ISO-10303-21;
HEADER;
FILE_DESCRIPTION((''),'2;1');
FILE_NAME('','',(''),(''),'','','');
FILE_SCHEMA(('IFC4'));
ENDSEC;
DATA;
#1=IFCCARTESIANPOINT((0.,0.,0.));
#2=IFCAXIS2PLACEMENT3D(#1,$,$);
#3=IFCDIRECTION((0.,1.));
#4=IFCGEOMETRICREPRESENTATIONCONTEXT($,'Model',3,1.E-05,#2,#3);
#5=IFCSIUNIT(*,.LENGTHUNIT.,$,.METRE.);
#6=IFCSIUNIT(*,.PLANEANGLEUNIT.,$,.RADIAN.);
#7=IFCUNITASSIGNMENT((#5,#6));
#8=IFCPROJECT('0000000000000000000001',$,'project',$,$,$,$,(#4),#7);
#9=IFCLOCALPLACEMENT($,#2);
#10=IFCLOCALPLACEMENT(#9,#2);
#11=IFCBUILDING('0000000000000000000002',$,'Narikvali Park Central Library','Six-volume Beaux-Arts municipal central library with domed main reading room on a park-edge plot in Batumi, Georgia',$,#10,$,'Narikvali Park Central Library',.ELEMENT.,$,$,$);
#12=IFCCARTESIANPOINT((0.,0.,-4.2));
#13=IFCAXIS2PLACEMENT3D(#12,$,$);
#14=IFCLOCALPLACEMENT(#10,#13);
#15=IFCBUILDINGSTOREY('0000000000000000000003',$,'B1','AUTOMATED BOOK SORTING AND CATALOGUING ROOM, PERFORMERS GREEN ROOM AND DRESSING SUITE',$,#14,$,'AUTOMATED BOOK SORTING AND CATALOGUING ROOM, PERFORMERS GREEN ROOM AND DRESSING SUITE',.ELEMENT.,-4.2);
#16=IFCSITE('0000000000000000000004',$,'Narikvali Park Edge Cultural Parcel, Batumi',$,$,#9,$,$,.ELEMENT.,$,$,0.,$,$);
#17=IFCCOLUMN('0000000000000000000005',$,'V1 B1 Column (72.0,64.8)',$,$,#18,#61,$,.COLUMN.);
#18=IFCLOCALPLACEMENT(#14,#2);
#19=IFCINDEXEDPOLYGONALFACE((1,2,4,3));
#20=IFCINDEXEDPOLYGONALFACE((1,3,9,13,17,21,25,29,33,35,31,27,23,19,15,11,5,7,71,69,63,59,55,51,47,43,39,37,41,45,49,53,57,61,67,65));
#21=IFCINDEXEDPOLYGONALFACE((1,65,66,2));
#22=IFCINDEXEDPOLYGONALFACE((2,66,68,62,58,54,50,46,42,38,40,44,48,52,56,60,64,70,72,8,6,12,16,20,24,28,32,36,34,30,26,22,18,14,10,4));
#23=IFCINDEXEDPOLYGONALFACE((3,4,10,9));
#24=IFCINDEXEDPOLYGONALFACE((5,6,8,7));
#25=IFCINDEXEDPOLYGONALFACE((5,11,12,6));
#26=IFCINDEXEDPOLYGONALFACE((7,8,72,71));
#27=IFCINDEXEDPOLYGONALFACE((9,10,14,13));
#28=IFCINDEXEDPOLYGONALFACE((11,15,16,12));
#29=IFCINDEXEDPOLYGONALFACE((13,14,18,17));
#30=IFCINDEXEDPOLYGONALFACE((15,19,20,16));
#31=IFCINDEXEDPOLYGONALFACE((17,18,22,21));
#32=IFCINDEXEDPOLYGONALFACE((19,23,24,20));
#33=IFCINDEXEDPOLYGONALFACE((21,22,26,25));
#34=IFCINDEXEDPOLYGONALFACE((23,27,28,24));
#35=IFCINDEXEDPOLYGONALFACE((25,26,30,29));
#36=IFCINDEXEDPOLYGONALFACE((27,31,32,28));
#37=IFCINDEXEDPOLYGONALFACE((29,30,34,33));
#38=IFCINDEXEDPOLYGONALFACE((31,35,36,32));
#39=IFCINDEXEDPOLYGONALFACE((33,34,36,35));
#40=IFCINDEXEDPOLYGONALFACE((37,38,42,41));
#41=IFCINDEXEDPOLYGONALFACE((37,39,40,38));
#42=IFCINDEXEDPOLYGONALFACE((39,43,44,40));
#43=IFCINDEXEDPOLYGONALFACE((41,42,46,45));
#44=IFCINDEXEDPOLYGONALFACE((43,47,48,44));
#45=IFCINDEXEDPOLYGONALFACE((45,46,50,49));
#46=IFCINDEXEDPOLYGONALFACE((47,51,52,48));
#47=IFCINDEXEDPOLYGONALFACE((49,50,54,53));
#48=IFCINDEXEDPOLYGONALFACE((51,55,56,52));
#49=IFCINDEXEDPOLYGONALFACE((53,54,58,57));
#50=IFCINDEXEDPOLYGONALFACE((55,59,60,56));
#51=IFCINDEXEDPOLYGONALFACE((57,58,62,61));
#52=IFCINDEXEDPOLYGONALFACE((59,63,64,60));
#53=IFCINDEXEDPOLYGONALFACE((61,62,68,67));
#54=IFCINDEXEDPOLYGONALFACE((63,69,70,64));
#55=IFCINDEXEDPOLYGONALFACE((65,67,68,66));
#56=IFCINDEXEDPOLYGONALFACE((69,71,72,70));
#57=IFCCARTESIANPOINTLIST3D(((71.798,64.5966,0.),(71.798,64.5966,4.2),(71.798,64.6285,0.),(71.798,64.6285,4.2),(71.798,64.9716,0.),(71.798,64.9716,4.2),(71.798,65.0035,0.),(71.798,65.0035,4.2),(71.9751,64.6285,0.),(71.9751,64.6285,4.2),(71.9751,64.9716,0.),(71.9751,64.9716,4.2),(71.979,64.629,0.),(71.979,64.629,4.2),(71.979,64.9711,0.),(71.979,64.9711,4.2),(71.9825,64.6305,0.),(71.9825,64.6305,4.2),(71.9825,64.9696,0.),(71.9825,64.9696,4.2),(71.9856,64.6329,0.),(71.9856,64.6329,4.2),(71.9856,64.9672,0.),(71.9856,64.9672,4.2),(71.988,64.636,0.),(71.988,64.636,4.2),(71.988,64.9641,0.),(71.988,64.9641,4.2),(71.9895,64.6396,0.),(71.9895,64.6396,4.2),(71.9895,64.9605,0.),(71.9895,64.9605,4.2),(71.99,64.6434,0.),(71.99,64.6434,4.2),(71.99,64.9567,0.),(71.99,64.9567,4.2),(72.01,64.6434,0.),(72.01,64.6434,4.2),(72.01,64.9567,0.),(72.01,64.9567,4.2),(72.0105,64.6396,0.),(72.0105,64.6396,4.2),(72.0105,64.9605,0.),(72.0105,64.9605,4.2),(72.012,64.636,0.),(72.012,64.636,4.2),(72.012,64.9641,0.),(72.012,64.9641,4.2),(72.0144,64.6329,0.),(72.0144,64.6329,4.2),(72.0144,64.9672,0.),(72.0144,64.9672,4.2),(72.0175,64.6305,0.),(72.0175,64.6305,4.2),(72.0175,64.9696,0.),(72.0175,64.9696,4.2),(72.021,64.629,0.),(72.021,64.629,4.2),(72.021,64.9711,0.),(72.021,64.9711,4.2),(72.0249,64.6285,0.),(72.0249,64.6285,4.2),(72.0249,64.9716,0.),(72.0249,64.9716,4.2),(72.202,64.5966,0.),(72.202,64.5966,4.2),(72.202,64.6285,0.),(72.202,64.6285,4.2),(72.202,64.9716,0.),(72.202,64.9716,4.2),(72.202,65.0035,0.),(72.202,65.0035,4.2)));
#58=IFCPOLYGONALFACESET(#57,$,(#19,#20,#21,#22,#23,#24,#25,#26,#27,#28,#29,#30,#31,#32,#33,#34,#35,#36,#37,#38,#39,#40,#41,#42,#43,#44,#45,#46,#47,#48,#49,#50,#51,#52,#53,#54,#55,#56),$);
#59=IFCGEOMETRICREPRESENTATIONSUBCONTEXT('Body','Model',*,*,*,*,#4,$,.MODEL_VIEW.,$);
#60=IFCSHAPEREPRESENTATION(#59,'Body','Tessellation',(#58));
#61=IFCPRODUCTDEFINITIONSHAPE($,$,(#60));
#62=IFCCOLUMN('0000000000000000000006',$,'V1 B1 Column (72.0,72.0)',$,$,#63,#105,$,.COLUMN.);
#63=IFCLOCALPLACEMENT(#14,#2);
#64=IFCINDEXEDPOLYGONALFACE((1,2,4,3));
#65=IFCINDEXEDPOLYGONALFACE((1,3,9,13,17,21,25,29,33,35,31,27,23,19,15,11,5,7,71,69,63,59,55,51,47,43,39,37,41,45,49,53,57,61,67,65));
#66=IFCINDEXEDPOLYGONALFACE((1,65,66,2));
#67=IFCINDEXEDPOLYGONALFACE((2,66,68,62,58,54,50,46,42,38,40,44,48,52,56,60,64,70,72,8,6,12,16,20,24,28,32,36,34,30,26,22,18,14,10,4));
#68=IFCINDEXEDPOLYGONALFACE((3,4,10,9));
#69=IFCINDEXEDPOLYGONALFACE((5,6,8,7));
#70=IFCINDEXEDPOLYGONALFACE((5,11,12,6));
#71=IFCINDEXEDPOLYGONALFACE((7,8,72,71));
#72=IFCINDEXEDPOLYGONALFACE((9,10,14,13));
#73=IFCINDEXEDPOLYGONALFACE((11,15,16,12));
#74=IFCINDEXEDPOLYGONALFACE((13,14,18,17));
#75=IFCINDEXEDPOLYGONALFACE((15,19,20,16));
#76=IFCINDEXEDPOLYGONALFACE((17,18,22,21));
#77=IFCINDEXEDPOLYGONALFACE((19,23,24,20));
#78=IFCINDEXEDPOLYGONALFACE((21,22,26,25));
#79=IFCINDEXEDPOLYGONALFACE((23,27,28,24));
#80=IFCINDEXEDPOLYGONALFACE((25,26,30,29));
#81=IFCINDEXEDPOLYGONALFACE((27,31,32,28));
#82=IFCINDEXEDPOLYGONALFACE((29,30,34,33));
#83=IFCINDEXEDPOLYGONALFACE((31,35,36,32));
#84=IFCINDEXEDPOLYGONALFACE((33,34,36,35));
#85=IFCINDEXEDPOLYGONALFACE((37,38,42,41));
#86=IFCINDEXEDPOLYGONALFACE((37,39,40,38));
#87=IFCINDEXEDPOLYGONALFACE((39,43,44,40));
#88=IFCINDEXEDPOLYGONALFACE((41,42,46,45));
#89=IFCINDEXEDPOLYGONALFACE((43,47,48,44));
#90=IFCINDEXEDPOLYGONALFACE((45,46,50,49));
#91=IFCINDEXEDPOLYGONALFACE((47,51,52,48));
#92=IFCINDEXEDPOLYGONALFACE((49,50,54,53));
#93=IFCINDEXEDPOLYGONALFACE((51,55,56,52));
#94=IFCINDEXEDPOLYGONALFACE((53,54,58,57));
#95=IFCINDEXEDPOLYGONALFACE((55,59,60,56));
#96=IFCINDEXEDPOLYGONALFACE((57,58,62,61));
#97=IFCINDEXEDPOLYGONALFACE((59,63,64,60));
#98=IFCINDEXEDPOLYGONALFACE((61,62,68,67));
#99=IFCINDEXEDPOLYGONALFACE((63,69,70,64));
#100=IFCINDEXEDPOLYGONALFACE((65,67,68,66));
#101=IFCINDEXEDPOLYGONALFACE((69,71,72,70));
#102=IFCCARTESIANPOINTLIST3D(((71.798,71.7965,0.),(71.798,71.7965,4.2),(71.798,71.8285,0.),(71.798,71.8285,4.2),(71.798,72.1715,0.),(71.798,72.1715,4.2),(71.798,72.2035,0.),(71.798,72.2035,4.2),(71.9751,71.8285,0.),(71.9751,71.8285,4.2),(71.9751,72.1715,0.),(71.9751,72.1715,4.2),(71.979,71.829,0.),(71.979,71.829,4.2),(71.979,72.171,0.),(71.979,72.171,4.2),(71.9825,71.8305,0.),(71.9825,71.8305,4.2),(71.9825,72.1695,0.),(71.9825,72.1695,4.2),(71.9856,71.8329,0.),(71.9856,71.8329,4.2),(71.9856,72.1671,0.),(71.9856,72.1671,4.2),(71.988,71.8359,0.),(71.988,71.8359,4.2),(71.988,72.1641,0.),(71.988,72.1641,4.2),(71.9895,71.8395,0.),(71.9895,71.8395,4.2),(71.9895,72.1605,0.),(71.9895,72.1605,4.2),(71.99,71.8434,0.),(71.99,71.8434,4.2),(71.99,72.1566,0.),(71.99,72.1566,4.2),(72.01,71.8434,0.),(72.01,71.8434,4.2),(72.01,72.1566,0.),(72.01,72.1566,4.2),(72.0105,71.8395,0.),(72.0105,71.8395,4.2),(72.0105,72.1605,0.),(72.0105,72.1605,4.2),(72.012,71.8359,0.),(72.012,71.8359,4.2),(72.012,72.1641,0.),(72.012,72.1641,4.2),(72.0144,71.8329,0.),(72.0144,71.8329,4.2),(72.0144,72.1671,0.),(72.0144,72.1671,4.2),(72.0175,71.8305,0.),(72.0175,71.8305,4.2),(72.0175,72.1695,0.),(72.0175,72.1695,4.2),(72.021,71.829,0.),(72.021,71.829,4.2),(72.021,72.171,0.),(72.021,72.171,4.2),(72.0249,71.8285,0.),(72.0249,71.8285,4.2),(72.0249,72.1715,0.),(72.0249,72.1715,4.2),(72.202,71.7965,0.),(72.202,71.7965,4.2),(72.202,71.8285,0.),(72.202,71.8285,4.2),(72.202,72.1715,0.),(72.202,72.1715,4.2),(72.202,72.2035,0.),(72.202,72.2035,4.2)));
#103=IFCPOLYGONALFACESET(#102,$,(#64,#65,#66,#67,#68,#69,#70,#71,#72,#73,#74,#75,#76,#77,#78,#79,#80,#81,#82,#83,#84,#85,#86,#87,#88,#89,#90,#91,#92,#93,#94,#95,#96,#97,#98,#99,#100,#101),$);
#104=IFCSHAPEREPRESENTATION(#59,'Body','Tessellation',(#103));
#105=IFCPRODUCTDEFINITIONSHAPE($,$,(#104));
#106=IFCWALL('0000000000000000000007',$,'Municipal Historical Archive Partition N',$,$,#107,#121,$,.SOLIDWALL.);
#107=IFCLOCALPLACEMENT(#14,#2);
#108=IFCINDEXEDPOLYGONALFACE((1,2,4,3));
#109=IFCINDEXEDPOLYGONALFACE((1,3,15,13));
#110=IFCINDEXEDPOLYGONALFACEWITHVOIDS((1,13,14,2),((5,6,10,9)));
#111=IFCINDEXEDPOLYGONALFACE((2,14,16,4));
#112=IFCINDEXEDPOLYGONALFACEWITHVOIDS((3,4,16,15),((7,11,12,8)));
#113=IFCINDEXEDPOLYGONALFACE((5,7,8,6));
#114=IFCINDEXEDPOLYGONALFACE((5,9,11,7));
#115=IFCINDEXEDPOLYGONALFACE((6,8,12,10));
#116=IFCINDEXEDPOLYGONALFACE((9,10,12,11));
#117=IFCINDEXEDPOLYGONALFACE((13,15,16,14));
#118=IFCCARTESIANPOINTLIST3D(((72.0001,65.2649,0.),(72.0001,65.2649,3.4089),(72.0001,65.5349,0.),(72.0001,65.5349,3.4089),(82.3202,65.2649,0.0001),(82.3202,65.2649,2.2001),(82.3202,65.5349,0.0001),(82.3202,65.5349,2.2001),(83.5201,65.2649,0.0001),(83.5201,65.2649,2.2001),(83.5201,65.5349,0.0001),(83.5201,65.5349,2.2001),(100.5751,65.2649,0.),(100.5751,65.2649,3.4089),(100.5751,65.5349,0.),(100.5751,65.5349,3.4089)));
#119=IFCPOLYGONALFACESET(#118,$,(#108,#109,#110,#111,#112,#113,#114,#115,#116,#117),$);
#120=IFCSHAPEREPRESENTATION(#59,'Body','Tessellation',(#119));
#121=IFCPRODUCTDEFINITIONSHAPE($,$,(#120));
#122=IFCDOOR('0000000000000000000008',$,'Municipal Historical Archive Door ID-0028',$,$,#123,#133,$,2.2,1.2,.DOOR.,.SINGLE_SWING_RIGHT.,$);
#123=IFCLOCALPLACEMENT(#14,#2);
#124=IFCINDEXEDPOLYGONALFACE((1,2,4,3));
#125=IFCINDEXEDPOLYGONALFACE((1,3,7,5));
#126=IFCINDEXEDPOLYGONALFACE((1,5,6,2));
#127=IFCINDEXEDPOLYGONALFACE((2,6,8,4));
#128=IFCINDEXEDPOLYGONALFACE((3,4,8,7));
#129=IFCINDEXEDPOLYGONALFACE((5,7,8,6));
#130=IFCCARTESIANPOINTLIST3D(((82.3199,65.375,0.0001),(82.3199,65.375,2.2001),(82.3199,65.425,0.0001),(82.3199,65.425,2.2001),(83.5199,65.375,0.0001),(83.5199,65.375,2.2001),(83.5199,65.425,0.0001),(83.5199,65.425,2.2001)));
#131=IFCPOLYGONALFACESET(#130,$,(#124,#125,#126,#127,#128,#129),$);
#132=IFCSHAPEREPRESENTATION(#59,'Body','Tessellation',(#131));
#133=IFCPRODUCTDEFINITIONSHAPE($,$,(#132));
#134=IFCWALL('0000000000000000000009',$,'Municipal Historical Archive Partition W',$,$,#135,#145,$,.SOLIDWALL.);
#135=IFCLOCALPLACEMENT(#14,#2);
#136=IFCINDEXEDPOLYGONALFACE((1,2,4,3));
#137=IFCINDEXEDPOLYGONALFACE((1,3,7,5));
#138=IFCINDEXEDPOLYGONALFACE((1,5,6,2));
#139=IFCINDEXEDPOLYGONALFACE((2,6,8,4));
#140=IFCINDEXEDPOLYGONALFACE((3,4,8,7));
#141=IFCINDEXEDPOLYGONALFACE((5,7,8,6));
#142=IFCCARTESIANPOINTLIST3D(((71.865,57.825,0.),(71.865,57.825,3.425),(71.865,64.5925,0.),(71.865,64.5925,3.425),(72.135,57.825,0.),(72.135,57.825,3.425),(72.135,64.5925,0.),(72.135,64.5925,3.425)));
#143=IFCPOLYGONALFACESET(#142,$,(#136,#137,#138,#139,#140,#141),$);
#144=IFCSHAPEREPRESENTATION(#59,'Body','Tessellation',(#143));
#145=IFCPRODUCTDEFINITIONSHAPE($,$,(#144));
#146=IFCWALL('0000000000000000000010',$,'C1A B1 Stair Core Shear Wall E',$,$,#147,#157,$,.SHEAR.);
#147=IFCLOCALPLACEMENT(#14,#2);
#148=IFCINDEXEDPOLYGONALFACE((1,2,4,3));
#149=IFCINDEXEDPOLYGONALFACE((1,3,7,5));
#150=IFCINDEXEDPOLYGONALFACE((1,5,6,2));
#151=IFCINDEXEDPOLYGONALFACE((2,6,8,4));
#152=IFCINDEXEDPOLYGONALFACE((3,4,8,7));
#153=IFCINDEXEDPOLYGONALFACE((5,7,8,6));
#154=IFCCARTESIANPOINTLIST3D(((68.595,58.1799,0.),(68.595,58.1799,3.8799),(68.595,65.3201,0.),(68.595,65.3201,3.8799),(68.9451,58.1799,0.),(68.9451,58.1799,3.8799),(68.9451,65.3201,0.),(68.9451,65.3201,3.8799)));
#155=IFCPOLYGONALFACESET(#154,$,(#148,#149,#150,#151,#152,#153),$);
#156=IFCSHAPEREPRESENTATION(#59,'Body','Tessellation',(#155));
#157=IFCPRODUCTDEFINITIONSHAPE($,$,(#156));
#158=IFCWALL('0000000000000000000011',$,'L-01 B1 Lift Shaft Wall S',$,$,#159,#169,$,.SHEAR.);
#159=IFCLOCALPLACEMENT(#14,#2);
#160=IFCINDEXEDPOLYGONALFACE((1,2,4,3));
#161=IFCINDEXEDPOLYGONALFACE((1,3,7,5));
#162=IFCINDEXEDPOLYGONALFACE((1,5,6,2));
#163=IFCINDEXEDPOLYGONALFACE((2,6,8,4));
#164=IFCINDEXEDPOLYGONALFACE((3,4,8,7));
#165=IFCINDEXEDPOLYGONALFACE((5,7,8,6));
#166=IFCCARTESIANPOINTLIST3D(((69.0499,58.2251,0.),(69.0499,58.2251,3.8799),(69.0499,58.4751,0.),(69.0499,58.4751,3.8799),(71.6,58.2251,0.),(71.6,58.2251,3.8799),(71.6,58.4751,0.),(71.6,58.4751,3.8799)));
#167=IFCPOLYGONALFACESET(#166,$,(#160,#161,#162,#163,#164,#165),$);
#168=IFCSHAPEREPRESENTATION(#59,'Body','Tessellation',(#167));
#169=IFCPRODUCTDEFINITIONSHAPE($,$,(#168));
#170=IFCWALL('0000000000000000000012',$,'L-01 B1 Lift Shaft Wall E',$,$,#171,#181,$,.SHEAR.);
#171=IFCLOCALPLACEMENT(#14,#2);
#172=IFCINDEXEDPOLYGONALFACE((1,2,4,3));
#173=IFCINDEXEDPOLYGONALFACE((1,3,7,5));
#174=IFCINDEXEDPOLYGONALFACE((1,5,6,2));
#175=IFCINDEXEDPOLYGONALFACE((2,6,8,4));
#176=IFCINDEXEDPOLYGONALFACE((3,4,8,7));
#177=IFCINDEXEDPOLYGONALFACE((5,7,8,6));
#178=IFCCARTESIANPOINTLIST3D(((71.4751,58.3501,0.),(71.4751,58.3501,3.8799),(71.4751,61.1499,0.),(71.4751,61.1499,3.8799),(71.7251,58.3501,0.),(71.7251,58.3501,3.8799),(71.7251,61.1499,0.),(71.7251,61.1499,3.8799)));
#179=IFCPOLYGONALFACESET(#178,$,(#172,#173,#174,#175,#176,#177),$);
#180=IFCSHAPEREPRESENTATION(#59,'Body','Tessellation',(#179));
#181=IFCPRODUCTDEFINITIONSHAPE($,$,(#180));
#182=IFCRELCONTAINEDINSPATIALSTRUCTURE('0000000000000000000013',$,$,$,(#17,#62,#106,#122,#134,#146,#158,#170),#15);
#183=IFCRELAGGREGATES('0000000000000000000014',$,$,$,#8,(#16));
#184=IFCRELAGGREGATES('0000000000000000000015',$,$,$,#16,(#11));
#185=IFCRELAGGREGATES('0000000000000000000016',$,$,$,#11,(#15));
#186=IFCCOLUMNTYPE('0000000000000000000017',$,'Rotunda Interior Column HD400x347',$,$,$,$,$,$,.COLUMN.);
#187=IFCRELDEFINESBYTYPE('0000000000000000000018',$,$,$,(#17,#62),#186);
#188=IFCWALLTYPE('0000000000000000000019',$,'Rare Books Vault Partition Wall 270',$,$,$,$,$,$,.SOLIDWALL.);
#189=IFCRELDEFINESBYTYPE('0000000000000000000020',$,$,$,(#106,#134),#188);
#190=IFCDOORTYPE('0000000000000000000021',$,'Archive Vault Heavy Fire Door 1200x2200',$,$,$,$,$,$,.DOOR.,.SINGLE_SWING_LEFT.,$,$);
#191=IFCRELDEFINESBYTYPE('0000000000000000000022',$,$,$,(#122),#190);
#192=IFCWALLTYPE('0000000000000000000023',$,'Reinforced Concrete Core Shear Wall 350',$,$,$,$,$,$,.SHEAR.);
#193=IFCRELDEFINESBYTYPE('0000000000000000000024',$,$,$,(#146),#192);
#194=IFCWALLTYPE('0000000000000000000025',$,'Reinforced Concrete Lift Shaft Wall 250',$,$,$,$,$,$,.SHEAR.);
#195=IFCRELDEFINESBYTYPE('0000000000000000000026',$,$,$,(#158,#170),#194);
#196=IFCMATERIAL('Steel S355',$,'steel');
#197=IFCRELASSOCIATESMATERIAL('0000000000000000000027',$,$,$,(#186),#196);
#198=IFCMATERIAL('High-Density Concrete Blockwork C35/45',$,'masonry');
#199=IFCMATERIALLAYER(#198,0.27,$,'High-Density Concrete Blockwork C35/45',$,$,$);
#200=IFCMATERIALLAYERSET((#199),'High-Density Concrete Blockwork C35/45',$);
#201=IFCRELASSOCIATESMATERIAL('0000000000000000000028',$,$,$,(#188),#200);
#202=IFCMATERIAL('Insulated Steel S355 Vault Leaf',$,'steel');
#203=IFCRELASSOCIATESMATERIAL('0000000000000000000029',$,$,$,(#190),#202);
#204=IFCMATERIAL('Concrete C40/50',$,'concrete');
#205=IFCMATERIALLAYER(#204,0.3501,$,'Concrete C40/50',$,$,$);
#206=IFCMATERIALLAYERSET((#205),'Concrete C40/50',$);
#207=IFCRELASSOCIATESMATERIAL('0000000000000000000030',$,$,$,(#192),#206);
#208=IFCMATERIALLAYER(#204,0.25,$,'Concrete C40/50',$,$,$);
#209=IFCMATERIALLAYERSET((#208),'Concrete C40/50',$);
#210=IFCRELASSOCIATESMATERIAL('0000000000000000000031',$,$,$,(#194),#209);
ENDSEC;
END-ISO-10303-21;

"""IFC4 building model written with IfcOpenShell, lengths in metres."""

from ifc_helpers import new_model, si_unit, direction, frame, frame_2d, origin, origin_2d, place, context, subcontext, project, spatial, rectangle, i_section, extrude, material, layer, layer_set, material_profile, profile_set, type_object, element, fill, save


model = new_model("IFC4")

# Units and contexts
model_context = context("Model", 3, precision=1e-05, world=origin(), true_north=direction((0.0, 1.0)))
body_context = subcontext(model_context, "Body", "Model", "MODEL_VIEW")
ifc_project = project(units=[si_unit("LENGTHUNIT", "METRE"), si_unit("PLANEANGLEUNIT", "RADIAN")], contexts=[model_context])

# Site, building, storey
site_placement = place(None, origin())
site = spatial("IfcSite", under=ifc_project, at=site_placement, Name="Narikvali Park Edge Cultural Parcel, Batumi", CompositionType="ELEMENT", RefElevation=0.0)
building_placement = place(site_placement, origin())
building = spatial("IfcBuilding", under=site, at=building_placement, Name="Narikvali Park Central Library", Description="Six-volume Beaux-Arts municipal central library with domed main reading room on a park-edge plot in Batumi, Georgia", LongName="Narikvali Park Central Library", CompositionType="ELEMENT")
storey_placement = place(building_placement, frame((0.0, 0.0, -4.2)))
storey = spatial("IfcBuildingStorey", under=building, at=storey_placement, Name="B1", Description="AUTOMATED BOOK SORTING AND CATALOGUING ROOM, PERFORMERS GREEN ROOM AND DRESSING SUITE", LongName="AUTOMATED BOOK SORTING AND CATALOGUING ROOM, PERFORMERS GREEN ROOM AND DRESSING SUITE", CompositionType="ELEMENT", Elevation=-4.2)

# Columns
ifc_material_1 = material(Name="Steel S355", Category="steel")
ifc_material_profile_1 = material_profile(ifc_material_1, i_section(OverallWidth=0.4041, OverallDepth=0.407, WebThickness=0.02, FlangeThickness=0.032, FilletRadius=0.0149, at=origin_2d()), Name="HD 400x347")
ifc_profile_set_1 = profile_set([ifc_material_profile_1], Name="Steel S355")
column_type = type_object("IfcColumnType", Name="Rotunda Interior Column HD400x347", PredefinedType="COLUMN", material=ifc_profile_set_1)
for number, where, z_axis, x_axis, name in (
    (1, (72.0, 64.8, 0.0), (0.0, 0.0, 1.0), (1.0, 0.0, 0.0), "V1 B1 Column (72.0,64.8)"),
    (2, (72.0, 72.0, 0.0), (0.0, 0.0, 1.0), (1.0, 0.0, 0.0), "V1 B1 Column (72.0,72.0)"),
):
    element("IfcColumn", number, at=place(storey_placement, frame(where, z_axis=z_axis, x_axis=x_axis)), inside=storey, type_object=column_type, Name=name, PredefinedType="COLUMN", context=body_context, shape_type="SweptSolid", body=[
        extrude(i_section(OverallWidth=0.4041, OverallDepth=0.407, WebThickness=0.02, FlangeThickness=0.032, FilletRadius=0.0149, at=origin_2d()), origin(), (0.0, 0.0, 1.0), 4.2),
    ])

# Wall, opening, door
ifc_material_2 = material(Name="High-Density Concrete Blockwork C35/45", Category="masonry")
ifc_layer_1 = layer(ifc_material_2, 0.27, Name="High-Density Concrete Blockwork C35/45")
ifc_layer_set_1 = layer_set([ifc_layer_1], Name="High-Density Concrete Blockwork C35/45")
wall_type_1 = type_object("IfcWallType", Name="Rare Books Vault Partition Wall 270", PredefinedType="SOLIDWALL", material=ifc_layer_set_1)
wall_1_placement = place(storey_placement, frame((72.0, 65.3999, 0.0), z_axis=(0.0, 0.0, 1.0), x_axis=(1.0, 0.0, 0.0)))
wall_1 = element("IfcWall", 3, at=wall_1_placement, inside=storey, type_object=wall_type_1, Name="Municipal Historical Archive Partition N", PredefinedType="SOLIDWALL", context=body_context, shape_type="SweptSolid", body=[
    extrude(rectangle(XDim=28.575, YDim=0.27, at=frame_2d((14.2876, 0.0))), origin(), (0.0, 0.0, 1.0), 3.4089),
])
opening_1_placement = place(wall_1_placement, frame((10.3201, 0.0, 0.0)))
opening_1 = element("IfcOpeningElement", 4, at=opening_1_placement, cuts=wall_1, PredefinedType="OPENING", context=body_context, shape_type="SweptSolid", body=[
    extrude(rectangle(XDim=1.2, YDim=2.2, at=frame_2d((0.6001, 1.1001))), frame((0.0, 0.147, 0.0), z_axis=(0.0, -1.0, 0.0), x_axis=(1.0, 0.0, 0.0)), (0.0, 0.0, 1.0), 0.2939),
])
ifc_material_3 = material(Name="Insulated Steel S355 Vault Leaf", Category="steel")
door_type_1 = type_object("IfcDoorType", Name="Archive Vault Heavy Fire Door 1200x2200", OperationType="SINGLE_SWING_LEFT", PredefinedType="DOOR", material=ifc_material_3)
door_1_placement = place(opening_1_placement, frame((1.2, 0.0, 0.0), z_axis=(0.0, 0.0, 1.0), x_axis=(-1.0, 0.0, 0.0)))
door_1 = element("IfcDoor", 5, at=door_1_placement, inside=storey, type_object=door_type_1, Name="Municipal Historical Archive Door ID-0028", OperationType="SINGLE_SWING_RIGHT", OverallHeight=2.2, OverallWidth=1.2, PredefinedType="DOOR", context=body_context, shape_type="SweptSolid", body=[
    extrude(rectangle(XDim=1.2, YDim=2.2, at=frame_2d((0.6001, 1.1001))), frame((0.0, 0.0249, 0.0), z_axis=(0.0, -1.0, 0.0), x_axis=(1.0, 0.0, 0.0)), (0.0, 0.0, 1.0), 0.05),
])
fill(opening_1, door_1)

# Walls
wall_2_placement = place(storey_placement, frame((72.0, 57.825, 0.0), z_axis=(0.0, 0.0, 1.0), x_axis=(0.0, 1.0, 0.0)))
element("IfcWall", 6, at=wall_2_placement, inside=storey, type_object=wall_type_1, Name="Municipal Historical Archive Partition W", PredefinedType="SOLIDWALL", context=body_context, shape_type="SweptSolid", body=[
    extrude(rectangle(XDim=6.7676, YDim=0.27, at=frame_2d((3.3838, 0.0))), origin(), (0.0, 0.0, 1.0), 3.425),
])
ifc_material_4 = material(Name="Concrete C40/50", Category="concrete")
ifc_layer_2 = layer(ifc_material_4, 0.3501, Name="Concrete C40/50")
ifc_layer_set_2 = layer_set([ifc_layer_2], Name="Concrete C40/50")
wall_type_2 = type_object("IfcWallType", Name="Reinforced Concrete Core Shear Wall 350", PredefinedType="SHEAR", material=ifc_layer_set_2)
wall_3_placement = place(storey_placement, frame((68.77, 58.1799, 0.0), z_axis=(0.0, 0.0, 1.0), x_axis=(0.0, 1.0, 0.0)))
element("IfcWall", 7, at=wall_3_placement, inside=storey, type_object=wall_type_2, Name="C1A B1 Stair Core Shear Wall E", PredefinedType="SHEAR", context=body_context, shape_type="SweptSolid", body=[
    extrude(rectangle(XDim=7.1401, YDim=0.3501, at=frame_2d((3.5701, 0.0))), origin(), (0.0, 0.0, 1.0), 3.8799),
])

# Walls
ifc_layer_3 = layer(ifc_material_4, 0.25, Name="Concrete C40/50")
ifc_layer_set_3 = layer_set([ifc_layer_3], Name="Concrete C40/50")
wall_type_3 = type_object("IfcWallType", Name="Reinforced Concrete Lift Shaft Wall 250", PredefinedType="SHEAR", material=ifc_layer_set_3)
wall_4_placement = place(storey_placement, frame((69.05, 58.3501, 0.0), z_axis=(0.0, 0.0, 1.0), x_axis=(1.0, 0.0, 0.0)))
element("IfcWall", 8, at=wall_4_placement, inside=storey, type_object=wall_type_3, Name="L-01 B1 Lift Shaft Wall S", PredefinedType="SHEAR", context=body_context, shape_type="SweptSolid", body=[
    extrude(rectangle(XDim=2.55, YDim=0.25, at=frame_2d((1.2749, 0.0))), origin(), (0.0, 0.0, 1.0), 3.8799),
])
wall_5_placement = place(storey_placement, frame((71.6001, 58.3501, 0.0), z_axis=(0.0, 0.0, 1.0), x_axis=(0.0, 1.0, 0.0)))
element("IfcWall", 9, at=wall_5_placement, inside=storey, type_object=wall_type_3, Name="L-01 B1 Lift Shaft Wall E", PredefinedType="SHEAR", context=body_context, shape_type="SweptSolid", body=[
    extrude(rectangle(XDim=2.7998, YDim=0.25, at=frame_2d((1.3999, 0.0))), origin(), (0.0, 0.0, 1.0), 3.8799),
])

save(model, "model.ifc")
